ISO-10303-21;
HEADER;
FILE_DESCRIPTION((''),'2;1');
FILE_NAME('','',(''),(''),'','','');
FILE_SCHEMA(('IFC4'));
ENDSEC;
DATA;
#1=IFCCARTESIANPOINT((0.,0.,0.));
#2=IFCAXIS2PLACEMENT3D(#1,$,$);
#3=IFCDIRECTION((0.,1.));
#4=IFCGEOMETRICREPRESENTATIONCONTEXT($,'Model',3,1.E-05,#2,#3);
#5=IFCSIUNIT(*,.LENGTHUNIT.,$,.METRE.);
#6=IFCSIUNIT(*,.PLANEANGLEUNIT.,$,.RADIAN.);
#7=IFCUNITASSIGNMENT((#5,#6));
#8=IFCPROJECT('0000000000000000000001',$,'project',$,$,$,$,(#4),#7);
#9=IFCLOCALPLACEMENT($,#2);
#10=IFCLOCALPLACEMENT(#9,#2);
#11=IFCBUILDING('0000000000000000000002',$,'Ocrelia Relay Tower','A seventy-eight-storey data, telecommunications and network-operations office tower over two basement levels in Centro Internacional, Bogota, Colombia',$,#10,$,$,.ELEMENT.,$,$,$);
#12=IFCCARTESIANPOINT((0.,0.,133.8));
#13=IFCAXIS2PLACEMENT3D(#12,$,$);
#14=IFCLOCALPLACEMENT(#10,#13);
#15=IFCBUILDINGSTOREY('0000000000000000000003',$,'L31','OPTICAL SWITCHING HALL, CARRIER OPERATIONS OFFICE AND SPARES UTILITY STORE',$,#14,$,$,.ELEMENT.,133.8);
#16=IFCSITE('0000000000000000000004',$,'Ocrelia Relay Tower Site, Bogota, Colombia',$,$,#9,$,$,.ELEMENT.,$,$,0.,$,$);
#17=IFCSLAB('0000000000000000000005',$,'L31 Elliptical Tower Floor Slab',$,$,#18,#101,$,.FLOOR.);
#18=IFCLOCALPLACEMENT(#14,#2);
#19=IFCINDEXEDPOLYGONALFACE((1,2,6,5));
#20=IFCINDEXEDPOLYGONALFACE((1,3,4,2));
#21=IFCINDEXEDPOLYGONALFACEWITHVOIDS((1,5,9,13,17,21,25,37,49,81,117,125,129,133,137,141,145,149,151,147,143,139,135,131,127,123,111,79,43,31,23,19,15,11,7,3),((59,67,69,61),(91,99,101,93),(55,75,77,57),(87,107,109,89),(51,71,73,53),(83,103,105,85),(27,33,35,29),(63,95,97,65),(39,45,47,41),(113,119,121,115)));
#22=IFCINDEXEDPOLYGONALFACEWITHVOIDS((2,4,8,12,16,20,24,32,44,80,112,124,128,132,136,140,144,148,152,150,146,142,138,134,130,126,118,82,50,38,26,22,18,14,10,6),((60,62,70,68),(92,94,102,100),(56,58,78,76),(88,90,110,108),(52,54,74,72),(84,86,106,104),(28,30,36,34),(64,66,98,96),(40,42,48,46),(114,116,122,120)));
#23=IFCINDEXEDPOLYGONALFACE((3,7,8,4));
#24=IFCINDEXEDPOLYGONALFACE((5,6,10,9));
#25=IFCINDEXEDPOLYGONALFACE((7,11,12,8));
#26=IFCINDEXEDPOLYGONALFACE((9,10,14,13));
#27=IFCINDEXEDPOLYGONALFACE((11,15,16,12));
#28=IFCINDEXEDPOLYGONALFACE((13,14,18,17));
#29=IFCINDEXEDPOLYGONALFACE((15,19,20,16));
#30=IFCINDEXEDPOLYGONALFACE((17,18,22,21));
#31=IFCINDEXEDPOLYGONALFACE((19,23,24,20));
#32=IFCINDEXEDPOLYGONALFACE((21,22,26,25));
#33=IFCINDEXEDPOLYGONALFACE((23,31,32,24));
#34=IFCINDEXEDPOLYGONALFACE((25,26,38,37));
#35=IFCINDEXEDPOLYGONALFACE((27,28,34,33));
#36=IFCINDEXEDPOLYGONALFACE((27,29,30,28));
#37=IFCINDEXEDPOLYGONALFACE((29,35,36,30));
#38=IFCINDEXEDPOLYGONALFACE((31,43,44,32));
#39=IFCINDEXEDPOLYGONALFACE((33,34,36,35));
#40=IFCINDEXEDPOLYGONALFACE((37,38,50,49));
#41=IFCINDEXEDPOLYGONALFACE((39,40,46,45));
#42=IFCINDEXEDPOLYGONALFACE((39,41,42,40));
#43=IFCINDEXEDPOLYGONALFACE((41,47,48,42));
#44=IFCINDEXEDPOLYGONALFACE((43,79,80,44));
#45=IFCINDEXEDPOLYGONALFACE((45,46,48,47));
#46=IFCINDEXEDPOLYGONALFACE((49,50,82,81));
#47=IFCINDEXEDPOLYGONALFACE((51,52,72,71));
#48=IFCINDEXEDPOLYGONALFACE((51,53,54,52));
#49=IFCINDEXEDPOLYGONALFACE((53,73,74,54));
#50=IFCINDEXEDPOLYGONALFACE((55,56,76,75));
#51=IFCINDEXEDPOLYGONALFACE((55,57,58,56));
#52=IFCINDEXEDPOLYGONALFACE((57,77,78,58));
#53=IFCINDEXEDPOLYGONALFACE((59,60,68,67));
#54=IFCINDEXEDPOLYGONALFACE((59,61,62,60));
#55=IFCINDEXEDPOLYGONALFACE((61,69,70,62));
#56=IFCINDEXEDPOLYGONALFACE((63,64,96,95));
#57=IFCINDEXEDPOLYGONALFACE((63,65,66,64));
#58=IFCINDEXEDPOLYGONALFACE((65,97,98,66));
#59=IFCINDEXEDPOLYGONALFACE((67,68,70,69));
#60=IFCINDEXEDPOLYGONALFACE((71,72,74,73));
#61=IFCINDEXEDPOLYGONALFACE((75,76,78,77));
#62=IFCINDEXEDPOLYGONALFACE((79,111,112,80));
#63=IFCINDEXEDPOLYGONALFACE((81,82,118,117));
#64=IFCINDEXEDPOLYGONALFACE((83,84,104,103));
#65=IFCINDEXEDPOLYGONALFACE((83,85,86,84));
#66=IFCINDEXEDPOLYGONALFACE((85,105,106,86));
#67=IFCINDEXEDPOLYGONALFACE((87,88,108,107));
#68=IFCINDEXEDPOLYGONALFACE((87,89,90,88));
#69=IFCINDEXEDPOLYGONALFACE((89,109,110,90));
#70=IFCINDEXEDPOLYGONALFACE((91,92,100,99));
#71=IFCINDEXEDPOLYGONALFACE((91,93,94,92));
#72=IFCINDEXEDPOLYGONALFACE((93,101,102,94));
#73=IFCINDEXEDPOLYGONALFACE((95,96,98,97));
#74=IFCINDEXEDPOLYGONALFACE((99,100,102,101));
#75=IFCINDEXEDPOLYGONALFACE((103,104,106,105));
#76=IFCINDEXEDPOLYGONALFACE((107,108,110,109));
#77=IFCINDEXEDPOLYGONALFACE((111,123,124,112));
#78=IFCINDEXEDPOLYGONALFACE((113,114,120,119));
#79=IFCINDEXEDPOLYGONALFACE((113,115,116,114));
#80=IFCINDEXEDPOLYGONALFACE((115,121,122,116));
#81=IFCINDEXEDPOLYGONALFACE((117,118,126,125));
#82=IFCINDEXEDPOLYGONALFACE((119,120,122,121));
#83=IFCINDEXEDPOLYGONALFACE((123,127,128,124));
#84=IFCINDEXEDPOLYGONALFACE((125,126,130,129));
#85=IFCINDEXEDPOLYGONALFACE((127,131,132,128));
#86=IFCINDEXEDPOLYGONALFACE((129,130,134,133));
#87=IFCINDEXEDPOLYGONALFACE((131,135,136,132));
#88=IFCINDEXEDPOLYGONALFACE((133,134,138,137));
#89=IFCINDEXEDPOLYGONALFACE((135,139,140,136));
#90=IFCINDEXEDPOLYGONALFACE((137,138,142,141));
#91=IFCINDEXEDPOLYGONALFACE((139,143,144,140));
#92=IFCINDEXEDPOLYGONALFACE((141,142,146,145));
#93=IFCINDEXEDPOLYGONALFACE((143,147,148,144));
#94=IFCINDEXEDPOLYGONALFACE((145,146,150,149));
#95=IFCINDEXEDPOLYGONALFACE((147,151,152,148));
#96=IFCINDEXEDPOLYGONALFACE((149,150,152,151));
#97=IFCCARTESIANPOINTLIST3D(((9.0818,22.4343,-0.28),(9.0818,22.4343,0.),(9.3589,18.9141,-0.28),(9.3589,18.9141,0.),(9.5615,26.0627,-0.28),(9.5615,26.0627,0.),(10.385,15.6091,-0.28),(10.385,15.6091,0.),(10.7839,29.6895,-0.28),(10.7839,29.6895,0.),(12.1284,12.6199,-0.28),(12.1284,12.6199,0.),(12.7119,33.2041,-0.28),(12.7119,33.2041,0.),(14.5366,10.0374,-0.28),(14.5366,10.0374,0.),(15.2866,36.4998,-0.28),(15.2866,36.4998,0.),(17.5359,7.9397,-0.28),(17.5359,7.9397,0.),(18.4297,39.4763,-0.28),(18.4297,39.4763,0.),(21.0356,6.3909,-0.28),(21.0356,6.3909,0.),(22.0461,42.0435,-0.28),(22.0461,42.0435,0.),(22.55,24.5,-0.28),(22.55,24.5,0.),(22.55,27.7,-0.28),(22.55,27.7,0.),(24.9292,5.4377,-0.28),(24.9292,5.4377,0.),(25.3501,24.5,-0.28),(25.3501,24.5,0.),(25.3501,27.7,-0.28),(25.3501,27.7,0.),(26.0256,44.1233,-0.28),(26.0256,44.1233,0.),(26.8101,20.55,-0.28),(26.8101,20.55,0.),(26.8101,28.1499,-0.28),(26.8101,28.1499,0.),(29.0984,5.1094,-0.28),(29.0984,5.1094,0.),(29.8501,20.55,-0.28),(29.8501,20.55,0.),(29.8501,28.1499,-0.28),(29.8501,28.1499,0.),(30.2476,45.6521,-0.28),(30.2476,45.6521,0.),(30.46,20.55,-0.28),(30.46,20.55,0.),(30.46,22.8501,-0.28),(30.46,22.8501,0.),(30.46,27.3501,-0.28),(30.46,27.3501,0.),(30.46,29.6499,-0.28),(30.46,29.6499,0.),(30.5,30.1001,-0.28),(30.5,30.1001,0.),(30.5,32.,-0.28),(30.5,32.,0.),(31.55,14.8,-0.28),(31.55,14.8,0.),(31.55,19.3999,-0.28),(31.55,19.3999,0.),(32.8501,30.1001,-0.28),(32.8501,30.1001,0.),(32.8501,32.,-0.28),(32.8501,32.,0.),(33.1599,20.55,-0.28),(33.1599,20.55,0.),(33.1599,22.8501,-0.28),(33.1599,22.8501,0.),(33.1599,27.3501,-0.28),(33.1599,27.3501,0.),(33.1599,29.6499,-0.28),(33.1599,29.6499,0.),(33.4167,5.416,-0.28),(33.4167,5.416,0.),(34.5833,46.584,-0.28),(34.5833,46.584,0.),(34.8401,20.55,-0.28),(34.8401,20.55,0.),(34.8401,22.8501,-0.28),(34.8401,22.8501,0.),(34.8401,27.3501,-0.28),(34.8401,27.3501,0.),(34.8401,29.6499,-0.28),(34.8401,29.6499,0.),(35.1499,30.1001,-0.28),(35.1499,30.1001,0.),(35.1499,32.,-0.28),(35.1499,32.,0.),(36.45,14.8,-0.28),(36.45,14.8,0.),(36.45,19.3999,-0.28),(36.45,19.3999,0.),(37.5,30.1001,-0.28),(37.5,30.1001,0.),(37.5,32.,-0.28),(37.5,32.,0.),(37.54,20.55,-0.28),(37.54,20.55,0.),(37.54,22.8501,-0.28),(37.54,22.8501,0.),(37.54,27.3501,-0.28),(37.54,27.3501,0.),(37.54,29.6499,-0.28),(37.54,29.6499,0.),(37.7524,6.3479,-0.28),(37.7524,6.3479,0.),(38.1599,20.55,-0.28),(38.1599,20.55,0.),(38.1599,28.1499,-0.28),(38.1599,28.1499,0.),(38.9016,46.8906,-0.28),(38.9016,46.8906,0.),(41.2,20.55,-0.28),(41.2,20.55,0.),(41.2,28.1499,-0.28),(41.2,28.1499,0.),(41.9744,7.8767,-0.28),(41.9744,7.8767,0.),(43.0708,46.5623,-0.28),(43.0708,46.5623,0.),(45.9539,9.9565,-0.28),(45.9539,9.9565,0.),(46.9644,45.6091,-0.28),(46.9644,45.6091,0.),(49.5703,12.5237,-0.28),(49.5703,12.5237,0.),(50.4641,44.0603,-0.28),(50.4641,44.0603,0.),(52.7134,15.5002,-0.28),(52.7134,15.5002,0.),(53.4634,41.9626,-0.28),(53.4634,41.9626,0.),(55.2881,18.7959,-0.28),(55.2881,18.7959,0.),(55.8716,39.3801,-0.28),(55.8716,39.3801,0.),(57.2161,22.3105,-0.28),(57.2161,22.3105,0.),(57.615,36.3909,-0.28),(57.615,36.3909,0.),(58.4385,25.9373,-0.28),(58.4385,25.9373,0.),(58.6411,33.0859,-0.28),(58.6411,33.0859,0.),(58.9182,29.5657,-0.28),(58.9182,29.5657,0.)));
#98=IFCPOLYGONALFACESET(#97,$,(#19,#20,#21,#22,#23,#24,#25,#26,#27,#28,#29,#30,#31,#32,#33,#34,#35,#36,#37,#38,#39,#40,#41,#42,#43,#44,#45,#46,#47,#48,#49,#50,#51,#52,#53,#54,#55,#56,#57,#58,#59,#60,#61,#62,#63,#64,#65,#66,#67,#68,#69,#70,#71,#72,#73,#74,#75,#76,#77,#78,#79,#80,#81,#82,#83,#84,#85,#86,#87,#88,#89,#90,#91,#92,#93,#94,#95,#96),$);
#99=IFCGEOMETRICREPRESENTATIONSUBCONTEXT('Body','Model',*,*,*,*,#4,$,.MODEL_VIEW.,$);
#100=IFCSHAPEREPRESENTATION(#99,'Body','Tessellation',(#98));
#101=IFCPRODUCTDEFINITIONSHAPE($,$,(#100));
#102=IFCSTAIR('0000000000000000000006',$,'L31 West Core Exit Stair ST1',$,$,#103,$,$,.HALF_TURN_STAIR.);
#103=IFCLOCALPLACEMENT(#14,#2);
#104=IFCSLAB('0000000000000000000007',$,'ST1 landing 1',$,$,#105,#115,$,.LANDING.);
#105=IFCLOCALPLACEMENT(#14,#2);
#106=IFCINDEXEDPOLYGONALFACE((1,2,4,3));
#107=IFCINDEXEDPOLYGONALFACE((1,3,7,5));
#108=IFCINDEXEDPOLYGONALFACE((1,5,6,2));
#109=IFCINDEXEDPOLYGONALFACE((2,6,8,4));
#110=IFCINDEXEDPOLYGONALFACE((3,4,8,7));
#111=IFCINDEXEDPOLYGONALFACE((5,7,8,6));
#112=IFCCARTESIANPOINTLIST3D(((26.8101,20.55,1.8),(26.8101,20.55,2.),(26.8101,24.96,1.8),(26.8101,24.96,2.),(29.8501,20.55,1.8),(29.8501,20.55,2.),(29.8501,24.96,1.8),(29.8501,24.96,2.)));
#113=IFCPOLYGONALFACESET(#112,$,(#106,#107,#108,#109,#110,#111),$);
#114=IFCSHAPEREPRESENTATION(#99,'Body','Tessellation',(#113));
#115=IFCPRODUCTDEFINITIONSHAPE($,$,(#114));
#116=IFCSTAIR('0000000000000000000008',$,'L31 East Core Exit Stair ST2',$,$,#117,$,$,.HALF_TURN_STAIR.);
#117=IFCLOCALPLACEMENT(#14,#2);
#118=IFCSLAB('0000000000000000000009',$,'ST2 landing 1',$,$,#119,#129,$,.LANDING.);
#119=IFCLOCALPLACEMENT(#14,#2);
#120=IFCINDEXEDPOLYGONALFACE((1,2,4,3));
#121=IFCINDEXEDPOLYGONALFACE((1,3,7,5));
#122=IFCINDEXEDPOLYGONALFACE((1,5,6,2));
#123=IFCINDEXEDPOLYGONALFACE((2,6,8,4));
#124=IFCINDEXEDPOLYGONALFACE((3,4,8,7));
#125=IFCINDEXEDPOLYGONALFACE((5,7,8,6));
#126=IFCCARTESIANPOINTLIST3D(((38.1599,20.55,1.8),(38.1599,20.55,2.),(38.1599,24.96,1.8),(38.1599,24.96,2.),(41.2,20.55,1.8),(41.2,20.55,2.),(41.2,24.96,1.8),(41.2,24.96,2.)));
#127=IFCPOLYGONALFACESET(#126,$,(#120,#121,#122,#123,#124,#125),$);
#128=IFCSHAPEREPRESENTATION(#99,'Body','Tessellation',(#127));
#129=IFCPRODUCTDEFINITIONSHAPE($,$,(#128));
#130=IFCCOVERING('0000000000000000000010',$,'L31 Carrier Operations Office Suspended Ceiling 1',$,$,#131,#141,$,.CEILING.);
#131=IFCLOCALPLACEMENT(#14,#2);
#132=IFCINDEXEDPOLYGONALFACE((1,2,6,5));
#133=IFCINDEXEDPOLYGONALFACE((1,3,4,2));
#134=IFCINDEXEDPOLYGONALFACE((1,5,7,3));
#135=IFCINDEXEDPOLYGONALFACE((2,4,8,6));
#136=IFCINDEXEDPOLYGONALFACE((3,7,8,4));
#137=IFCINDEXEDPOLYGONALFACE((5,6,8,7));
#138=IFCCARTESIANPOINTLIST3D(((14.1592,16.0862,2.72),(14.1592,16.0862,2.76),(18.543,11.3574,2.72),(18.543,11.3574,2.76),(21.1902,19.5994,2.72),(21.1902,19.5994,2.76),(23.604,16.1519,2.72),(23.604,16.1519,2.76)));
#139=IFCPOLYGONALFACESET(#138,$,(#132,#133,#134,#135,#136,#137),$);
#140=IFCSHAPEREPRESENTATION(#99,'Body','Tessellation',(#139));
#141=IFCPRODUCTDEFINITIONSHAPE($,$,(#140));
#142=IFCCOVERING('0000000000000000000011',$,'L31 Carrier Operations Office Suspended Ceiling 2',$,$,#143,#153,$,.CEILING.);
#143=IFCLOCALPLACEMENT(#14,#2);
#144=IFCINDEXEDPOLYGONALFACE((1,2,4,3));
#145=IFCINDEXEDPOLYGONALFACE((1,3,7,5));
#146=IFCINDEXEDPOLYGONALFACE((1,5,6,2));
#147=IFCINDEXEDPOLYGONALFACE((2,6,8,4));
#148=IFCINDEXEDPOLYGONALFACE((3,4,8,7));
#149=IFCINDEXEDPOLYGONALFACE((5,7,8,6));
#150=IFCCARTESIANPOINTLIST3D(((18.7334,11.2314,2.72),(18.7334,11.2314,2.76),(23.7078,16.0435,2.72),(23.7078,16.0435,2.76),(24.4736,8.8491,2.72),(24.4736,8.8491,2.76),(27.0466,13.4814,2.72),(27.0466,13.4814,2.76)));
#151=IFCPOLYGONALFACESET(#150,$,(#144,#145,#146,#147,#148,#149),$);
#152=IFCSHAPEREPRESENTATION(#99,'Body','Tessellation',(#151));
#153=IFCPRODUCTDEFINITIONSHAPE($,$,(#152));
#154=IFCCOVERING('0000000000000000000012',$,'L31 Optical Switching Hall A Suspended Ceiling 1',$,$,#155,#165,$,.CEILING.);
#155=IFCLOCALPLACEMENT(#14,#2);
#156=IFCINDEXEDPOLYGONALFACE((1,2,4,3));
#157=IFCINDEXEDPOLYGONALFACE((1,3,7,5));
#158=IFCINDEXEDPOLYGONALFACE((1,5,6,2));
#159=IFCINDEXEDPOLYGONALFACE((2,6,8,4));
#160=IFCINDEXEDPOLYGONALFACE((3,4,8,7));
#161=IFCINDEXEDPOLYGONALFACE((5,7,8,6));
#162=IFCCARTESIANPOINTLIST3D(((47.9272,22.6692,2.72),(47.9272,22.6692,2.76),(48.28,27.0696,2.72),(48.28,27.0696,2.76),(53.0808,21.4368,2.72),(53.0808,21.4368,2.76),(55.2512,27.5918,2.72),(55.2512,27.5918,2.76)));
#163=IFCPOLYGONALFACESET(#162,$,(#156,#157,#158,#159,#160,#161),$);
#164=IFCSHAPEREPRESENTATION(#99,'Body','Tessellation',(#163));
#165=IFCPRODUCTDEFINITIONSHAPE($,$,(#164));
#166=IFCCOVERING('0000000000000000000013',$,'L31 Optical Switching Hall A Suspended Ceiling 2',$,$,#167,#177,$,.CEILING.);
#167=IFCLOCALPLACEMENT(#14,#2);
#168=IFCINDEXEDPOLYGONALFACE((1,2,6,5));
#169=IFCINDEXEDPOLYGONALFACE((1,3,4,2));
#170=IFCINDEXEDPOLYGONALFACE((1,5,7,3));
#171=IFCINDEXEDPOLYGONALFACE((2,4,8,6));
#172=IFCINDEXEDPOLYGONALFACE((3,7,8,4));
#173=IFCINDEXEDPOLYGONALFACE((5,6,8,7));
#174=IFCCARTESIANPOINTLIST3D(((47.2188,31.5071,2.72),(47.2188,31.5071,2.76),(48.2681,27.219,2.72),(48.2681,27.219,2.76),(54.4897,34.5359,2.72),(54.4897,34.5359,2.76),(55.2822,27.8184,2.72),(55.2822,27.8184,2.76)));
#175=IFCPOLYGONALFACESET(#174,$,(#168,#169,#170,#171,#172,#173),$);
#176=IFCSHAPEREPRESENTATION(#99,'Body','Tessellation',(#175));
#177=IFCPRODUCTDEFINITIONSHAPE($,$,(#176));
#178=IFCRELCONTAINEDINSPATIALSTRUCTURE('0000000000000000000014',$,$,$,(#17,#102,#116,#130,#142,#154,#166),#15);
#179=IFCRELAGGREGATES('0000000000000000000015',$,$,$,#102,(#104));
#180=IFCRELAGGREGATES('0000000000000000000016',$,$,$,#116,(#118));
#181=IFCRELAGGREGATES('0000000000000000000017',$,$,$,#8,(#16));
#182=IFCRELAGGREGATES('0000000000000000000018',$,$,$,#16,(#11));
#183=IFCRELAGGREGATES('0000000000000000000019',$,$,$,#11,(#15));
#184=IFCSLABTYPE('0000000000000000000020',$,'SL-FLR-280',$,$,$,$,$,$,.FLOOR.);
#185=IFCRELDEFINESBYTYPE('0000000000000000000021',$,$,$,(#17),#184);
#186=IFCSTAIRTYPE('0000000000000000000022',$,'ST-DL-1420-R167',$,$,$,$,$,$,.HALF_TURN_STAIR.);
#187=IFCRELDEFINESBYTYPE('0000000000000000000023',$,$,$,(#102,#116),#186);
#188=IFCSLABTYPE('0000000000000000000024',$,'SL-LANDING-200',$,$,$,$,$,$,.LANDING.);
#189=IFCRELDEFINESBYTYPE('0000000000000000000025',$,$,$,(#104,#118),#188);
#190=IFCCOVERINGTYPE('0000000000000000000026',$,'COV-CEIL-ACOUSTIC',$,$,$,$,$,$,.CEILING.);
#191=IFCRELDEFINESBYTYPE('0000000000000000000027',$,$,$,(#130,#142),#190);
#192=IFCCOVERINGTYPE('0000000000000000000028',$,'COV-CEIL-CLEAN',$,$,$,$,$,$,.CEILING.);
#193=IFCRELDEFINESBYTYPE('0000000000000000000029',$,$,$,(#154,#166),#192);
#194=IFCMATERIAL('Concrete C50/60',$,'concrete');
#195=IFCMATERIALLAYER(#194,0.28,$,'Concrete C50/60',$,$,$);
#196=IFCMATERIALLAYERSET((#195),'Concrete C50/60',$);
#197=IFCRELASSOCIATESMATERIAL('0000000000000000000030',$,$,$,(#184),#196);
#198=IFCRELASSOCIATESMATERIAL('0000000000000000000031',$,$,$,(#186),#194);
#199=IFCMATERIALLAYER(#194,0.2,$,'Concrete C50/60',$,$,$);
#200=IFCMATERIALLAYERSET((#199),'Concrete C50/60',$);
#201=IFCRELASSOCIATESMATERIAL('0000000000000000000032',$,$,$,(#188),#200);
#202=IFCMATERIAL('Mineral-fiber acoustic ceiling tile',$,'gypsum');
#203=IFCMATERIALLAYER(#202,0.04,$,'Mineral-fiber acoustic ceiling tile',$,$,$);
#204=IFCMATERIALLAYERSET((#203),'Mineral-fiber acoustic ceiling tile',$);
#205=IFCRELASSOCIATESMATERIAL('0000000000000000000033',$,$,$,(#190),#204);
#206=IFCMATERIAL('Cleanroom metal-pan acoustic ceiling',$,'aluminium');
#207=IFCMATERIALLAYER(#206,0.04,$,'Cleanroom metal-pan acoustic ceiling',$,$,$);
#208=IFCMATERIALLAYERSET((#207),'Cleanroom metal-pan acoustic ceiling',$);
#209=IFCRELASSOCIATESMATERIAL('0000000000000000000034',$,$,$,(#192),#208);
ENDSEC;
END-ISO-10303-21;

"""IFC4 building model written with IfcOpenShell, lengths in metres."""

from ifc_helpers import new_model, si_unit, direction, frame, origin, place, context, subcontext, project, spatial, polyline, outline, extrude, material, layer, layer_set, type_object, element, aggregate, save


model = new_model("IFC4")

# Units and contexts
model_context = context("Model", 3, precision=1e-05, world=origin(), true_north=direction((0.0, 1.0)))
body_context = subcontext(model_context, "Body", "Model", "MODEL_VIEW")
ifc_project = project(units=[si_unit("LENGTHUNIT", "METRE"), si_unit("PLANEANGLEUNIT", "RADIAN")], contexts=[model_context])

# Site, building, storey
site_placement = place(None, origin())
site = spatial("IfcSite", under=ifc_project, at=site_placement, Name="Ocrelia Relay Tower Site, Bogota, Colombia", CompositionType="ELEMENT", RefElevation=0.0)
building_placement = place(site_placement, origin())
building = spatial("IfcBuilding", under=site, at=building_placement, Name="Ocrelia Relay Tower", Description="A seventy-eight-storey data, telecommunications and network-operations office tower over two basement levels in Centro Internacional, Bogota, Colombia", CompositionType="ELEMENT")
storey_placement = place(building_placement, frame((0.0, 0.0, 133.8)))
storey = spatial("IfcBuildingStorey", under=building, at=storey_placement, Name="L31", Description="OPTICAL SWITCHING HALL, CARRIER OPERATIONS OFFICE AND SPARES UTILITY STORE", CompositionType="ELEMENT", Elevation=133.8)

# Slab
ifc_material_1 = material(Name="Concrete C50/60", Category="concrete")
ifc_layer_1 = layer(ifc_material_1, 0.28, Name="Concrete C50/60")
ifc_layer_set_1 = layer_set([ifc_layer_1], Name="Concrete C50/60")
slab_type_1 = type_object("IfcSlabType", Name="SL-FLR-280", PredefinedType="FLOOR", material=ifc_layer_set_1)
slab_1_placement = place(storey_placement, frame((0.0, 0.0, -0.28)))
element("IfcSlab", 1, at=slab_1_placement, inside=storey, type_object=slab_type_1, Name="L31 Elliptical Tower Floor Slab", PredefinedType="FLOOR", context=body_context, shape_type="SweptSolid", body=[
    extrude(outline(polyline([(57.615, 36.3909), (55.8716, 39.3801), (53.4634, 41.9626), (50.4641, 44.0603), (46.9644, 45.6091), (43.0708, 46.5623), (38.9016, 46.8906), (34.5833, 46.584), (30.2476, 45.6521), (26.0256, 44.1233), (22.0461, 42.0435), (18.4297, 39.4763), (15.2866, 36.4998), (12.7119, 33.2041), (10.7839, 29.6895), (9.5615, 26.0627), (9.0818, 22.4343), (9.3589, 18.9141), (10.385, 15.6091), (12.1284, 12.6199), (14.5366, 10.0374), (17.5359, 7.9397), (21.0356, 6.3909), (24.9292, 5.4377), (29.0984, 5.1094), (33.4167, 5.416), (37.7524, 6.3479), (41.9744, 7.8767), (45.9539, 9.9565), (49.5703, 12.5237), (52.7134, 15.5002), (55.2881, 18.7959), (57.2161, 22.3105), (58.4385, 25.9373), (58.9182, 29.5657), (58.6411, 33.0859), (57.615, 36.3909)]), holes=[polyline([(26.8101, 28.1499), (26.8101, 20.55), (29.8501, 20.55), (29.8501, 28.1499), (26.8101, 28.1499)]), polyline([(38.1599, 28.1499), (38.1599, 20.55), (41.2, 20.55), (41.2, 28.1499), (38.1599, 28.1499)]), polyline([(30.46, 20.55), (33.1599, 20.55), (33.1599, 22.8501), (30.46, 22.8501), (30.46, 20.55)]), polyline([(34.8401, 20.55), (37.54, 20.55), (37.54, 22.8501), (34.8401, 22.8501), (34.8401, 20.55)]), polyline([(30.46, 27.3501), (33.1599, 27.3501), (33.1599, 29.6499), (30.46, 29.6499), (30.46, 27.3501)]), polyline([(34.8401, 27.3501), (37.54, 27.3501), (37.54, 29.6499), (34.8401, 29.6499), (34.8401, 27.3501)]), polyline([(30.5, 30.1001), (32.8501, 30.1001), (32.8501, 32.0), (30.5, 32.0), (30.5, 30.1001)]), polyline([(35.1499, 30.1001), (37.5, 30.1001), (37.5, 32.0), (35.1499, 32.0), (35.1499, 30.1001)]), polyline([(22.55, 24.5), (25.3501, 24.5), (25.3501, 27.7), (22.55, 27.7), (22.55, 24.5)]), polyline([(31.55, 14.8), (36.45, 14.8), (36.45, 19.3999), (31.55, 19.3999), (31.55, 14.8)])]), origin(), (0.0, 0.0, 1.0), 0.28),
])

# Stairs, slabs
stair_type = type_object("IfcStairType", Name="ST-DL-1420-R167", PredefinedType="HALF_TURN_STAIR", material=ifc_material_1)
stair_1_placement = place(storey_placement, origin())
stair_1 = element("IfcStair", 2, at=stair_1_placement, inside=storey, type_object=stair_type, Name="L31 West Core Exit Stair ST1", PredefinedType="HALF_TURN_STAIR")
ifc_layer_2 = layer(ifc_material_1, 0.2, Name="Concrete C50/60")
ifc_layer_set_2 = layer_set([ifc_layer_2], Name="Concrete C50/60")
slab_type_2 = type_object("IfcSlabType", Name="SL-LANDING-200", PredefinedType="LANDING", material=ifc_layer_set_2)
slab_2_placement = place(storey_placement, frame((0.0, 0.0, 1.8)))
slab_2 = element("IfcSlab", 3, at=slab_2_placement, type_object=slab_type_2, Name="ST1 landing 1", PredefinedType="LANDING", context=body_context, shape_type="SweptSolid", body=[
    extrude(outline(polyline([(26.8101, 24.96), (26.8101, 20.55), (29.8501, 20.55), (29.8501, 24.96), (26.8101, 24.96)])), origin(), (0.0, 0.0, 1.0), 0.2),
])
aggregate(stair_1, [slab_2])
stair_2_placement = place(storey_placement, origin())
stair_2 = element("IfcStair", 4, at=stair_2_placement, inside=storey, type_object=stair_type, Name="L31 East Core Exit Stair ST2", PredefinedType="HALF_TURN_STAIR")
slab_3_placement = place(storey_placement, frame((0.0, 0.0, 1.8)))
slab_3 = element("IfcSlab", 5, at=slab_3_placement, type_object=slab_type_2, Name="ST2 landing 1", PredefinedType="LANDING", context=body_context, shape_type="SweptSolid", body=[
    extrude(outline(polyline([(38.1599, 24.96), (38.1599, 20.55), (41.2, 20.55), (41.2, 24.96), (38.1599, 24.96)])), origin(), (0.0, 0.0, 1.0), 0.2),
])
aggregate(stair_2, [slab_3])

# Coverings
ifc_material_2 = material(Name="Mineral-fiber acoustic ceiling tile", Category="gypsum")
ifc_layer_3 = layer(ifc_material_2, 0.04, Name="Mineral-fiber acoustic ceiling tile")
ifc_layer_set_3 = layer_set([ifc_layer_3], Name="Mineral-fiber acoustic ceiling tile")
covering_type_1 = type_object("IfcCoveringType", Name="COV-CEIL-ACOUSTIC", PredefinedType="CEILING", material=ifc_layer_set_3)
covering_1_placement = place(storey_placement, frame((0.0, 0.0, 2.72)))
element("IfcCovering", 6, at=covering_1_placement, inside=storey, type_object=covering_type_1, Name="L31 Carrier Operations Office Suspended Ceiling 1", PredefinedType="CEILING", context=body_context, shape_type="SweptSolid", body=[
    extrude(outline(polyline([(21.1902, 19.5994), (14.1592, 16.0862), (18.543, 11.3574), (23.604, 16.1519), (21.1902, 19.5994)])), origin(), (0.0, 0.0, 1.0), 0.04),
])
covering_2_placement = place(storey_placement, frame((0.0, 0.0, 2.72)))
element("IfcCovering", 7, at=covering_2_placement, inside=storey, type_object=covering_type_1, Name="L31 Carrier Operations Office Suspended Ceiling 2", PredefinedType="CEILING", context=body_context, shape_type="SweptSolid", body=[
    extrude(outline(polyline([(23.7078, 16.0435), (18.7334, 11.2314), (24.4736, 8.8491), (27.0466, 13.4814), (23.7078, 16.0435)])), origin(), (0.0, 0.0, 1.0), 0.04),
])
ifc_material_3 = material(Name="Cleanroom metal-pan acoustic ceiling", Category="aluminium")
ifc_layer_4 = layer(ifc_material_3, 0.04, Name="Cleanroom metal-pan acoustic ceiling")
ifc_layer_set_4 = layer_set([ifc_layer_4], Name="Cleanroom metal-pan acoustic ceiling")
covering_type_2 = type_object("IfcCoveringType", Name="COV-CEIL-CLEAN", PredefinedType="CEILING", material=ifc_layer_set_4)
covering_3_placement = place(storey_placement, frame((0.0, 0.0, 2.72)))
element("IfcCovering", 8, at=covering_3_placement, inside=storey, type_object=covering_type_2, Name="L31 Optical Switching Hall A Suspended Ceiling 1", PredefinedType="CEILING", context=body_context, shape_type="SweptSolid", body=[
    extrude(outline(polyline([(47.9272, 22.6692), (53.0808, 21.4368), (55.2512, 27.5918), (48.28, 27.0696), (47.9272, 22.6692)])), origin(), (0.0, 0.0, 1.0), 0.04),
])
covering_4_placement = place(storey_placement, frame((0.0, 0.0, 2.72)))
element("IfcCovering", 9, at=covering_4_placement, inside=storey, type_object=covering_type_2, Name="L31 Optical Switching Hall A Suspended Ceiling 2", PredefinedType="CEILING", context=body_context, shape_type="SweptSolid", body=[
    extrude(outline(polyline([(48.2681, 27.219), (55.2822, 27.8184), (54.4897, 34.5359), (47.2188, 31.5071), (48.2681, 27.219)])), origin(), (0.0, 0.0, 1.0), 0.04),
])

save(model, "model.ifc")
